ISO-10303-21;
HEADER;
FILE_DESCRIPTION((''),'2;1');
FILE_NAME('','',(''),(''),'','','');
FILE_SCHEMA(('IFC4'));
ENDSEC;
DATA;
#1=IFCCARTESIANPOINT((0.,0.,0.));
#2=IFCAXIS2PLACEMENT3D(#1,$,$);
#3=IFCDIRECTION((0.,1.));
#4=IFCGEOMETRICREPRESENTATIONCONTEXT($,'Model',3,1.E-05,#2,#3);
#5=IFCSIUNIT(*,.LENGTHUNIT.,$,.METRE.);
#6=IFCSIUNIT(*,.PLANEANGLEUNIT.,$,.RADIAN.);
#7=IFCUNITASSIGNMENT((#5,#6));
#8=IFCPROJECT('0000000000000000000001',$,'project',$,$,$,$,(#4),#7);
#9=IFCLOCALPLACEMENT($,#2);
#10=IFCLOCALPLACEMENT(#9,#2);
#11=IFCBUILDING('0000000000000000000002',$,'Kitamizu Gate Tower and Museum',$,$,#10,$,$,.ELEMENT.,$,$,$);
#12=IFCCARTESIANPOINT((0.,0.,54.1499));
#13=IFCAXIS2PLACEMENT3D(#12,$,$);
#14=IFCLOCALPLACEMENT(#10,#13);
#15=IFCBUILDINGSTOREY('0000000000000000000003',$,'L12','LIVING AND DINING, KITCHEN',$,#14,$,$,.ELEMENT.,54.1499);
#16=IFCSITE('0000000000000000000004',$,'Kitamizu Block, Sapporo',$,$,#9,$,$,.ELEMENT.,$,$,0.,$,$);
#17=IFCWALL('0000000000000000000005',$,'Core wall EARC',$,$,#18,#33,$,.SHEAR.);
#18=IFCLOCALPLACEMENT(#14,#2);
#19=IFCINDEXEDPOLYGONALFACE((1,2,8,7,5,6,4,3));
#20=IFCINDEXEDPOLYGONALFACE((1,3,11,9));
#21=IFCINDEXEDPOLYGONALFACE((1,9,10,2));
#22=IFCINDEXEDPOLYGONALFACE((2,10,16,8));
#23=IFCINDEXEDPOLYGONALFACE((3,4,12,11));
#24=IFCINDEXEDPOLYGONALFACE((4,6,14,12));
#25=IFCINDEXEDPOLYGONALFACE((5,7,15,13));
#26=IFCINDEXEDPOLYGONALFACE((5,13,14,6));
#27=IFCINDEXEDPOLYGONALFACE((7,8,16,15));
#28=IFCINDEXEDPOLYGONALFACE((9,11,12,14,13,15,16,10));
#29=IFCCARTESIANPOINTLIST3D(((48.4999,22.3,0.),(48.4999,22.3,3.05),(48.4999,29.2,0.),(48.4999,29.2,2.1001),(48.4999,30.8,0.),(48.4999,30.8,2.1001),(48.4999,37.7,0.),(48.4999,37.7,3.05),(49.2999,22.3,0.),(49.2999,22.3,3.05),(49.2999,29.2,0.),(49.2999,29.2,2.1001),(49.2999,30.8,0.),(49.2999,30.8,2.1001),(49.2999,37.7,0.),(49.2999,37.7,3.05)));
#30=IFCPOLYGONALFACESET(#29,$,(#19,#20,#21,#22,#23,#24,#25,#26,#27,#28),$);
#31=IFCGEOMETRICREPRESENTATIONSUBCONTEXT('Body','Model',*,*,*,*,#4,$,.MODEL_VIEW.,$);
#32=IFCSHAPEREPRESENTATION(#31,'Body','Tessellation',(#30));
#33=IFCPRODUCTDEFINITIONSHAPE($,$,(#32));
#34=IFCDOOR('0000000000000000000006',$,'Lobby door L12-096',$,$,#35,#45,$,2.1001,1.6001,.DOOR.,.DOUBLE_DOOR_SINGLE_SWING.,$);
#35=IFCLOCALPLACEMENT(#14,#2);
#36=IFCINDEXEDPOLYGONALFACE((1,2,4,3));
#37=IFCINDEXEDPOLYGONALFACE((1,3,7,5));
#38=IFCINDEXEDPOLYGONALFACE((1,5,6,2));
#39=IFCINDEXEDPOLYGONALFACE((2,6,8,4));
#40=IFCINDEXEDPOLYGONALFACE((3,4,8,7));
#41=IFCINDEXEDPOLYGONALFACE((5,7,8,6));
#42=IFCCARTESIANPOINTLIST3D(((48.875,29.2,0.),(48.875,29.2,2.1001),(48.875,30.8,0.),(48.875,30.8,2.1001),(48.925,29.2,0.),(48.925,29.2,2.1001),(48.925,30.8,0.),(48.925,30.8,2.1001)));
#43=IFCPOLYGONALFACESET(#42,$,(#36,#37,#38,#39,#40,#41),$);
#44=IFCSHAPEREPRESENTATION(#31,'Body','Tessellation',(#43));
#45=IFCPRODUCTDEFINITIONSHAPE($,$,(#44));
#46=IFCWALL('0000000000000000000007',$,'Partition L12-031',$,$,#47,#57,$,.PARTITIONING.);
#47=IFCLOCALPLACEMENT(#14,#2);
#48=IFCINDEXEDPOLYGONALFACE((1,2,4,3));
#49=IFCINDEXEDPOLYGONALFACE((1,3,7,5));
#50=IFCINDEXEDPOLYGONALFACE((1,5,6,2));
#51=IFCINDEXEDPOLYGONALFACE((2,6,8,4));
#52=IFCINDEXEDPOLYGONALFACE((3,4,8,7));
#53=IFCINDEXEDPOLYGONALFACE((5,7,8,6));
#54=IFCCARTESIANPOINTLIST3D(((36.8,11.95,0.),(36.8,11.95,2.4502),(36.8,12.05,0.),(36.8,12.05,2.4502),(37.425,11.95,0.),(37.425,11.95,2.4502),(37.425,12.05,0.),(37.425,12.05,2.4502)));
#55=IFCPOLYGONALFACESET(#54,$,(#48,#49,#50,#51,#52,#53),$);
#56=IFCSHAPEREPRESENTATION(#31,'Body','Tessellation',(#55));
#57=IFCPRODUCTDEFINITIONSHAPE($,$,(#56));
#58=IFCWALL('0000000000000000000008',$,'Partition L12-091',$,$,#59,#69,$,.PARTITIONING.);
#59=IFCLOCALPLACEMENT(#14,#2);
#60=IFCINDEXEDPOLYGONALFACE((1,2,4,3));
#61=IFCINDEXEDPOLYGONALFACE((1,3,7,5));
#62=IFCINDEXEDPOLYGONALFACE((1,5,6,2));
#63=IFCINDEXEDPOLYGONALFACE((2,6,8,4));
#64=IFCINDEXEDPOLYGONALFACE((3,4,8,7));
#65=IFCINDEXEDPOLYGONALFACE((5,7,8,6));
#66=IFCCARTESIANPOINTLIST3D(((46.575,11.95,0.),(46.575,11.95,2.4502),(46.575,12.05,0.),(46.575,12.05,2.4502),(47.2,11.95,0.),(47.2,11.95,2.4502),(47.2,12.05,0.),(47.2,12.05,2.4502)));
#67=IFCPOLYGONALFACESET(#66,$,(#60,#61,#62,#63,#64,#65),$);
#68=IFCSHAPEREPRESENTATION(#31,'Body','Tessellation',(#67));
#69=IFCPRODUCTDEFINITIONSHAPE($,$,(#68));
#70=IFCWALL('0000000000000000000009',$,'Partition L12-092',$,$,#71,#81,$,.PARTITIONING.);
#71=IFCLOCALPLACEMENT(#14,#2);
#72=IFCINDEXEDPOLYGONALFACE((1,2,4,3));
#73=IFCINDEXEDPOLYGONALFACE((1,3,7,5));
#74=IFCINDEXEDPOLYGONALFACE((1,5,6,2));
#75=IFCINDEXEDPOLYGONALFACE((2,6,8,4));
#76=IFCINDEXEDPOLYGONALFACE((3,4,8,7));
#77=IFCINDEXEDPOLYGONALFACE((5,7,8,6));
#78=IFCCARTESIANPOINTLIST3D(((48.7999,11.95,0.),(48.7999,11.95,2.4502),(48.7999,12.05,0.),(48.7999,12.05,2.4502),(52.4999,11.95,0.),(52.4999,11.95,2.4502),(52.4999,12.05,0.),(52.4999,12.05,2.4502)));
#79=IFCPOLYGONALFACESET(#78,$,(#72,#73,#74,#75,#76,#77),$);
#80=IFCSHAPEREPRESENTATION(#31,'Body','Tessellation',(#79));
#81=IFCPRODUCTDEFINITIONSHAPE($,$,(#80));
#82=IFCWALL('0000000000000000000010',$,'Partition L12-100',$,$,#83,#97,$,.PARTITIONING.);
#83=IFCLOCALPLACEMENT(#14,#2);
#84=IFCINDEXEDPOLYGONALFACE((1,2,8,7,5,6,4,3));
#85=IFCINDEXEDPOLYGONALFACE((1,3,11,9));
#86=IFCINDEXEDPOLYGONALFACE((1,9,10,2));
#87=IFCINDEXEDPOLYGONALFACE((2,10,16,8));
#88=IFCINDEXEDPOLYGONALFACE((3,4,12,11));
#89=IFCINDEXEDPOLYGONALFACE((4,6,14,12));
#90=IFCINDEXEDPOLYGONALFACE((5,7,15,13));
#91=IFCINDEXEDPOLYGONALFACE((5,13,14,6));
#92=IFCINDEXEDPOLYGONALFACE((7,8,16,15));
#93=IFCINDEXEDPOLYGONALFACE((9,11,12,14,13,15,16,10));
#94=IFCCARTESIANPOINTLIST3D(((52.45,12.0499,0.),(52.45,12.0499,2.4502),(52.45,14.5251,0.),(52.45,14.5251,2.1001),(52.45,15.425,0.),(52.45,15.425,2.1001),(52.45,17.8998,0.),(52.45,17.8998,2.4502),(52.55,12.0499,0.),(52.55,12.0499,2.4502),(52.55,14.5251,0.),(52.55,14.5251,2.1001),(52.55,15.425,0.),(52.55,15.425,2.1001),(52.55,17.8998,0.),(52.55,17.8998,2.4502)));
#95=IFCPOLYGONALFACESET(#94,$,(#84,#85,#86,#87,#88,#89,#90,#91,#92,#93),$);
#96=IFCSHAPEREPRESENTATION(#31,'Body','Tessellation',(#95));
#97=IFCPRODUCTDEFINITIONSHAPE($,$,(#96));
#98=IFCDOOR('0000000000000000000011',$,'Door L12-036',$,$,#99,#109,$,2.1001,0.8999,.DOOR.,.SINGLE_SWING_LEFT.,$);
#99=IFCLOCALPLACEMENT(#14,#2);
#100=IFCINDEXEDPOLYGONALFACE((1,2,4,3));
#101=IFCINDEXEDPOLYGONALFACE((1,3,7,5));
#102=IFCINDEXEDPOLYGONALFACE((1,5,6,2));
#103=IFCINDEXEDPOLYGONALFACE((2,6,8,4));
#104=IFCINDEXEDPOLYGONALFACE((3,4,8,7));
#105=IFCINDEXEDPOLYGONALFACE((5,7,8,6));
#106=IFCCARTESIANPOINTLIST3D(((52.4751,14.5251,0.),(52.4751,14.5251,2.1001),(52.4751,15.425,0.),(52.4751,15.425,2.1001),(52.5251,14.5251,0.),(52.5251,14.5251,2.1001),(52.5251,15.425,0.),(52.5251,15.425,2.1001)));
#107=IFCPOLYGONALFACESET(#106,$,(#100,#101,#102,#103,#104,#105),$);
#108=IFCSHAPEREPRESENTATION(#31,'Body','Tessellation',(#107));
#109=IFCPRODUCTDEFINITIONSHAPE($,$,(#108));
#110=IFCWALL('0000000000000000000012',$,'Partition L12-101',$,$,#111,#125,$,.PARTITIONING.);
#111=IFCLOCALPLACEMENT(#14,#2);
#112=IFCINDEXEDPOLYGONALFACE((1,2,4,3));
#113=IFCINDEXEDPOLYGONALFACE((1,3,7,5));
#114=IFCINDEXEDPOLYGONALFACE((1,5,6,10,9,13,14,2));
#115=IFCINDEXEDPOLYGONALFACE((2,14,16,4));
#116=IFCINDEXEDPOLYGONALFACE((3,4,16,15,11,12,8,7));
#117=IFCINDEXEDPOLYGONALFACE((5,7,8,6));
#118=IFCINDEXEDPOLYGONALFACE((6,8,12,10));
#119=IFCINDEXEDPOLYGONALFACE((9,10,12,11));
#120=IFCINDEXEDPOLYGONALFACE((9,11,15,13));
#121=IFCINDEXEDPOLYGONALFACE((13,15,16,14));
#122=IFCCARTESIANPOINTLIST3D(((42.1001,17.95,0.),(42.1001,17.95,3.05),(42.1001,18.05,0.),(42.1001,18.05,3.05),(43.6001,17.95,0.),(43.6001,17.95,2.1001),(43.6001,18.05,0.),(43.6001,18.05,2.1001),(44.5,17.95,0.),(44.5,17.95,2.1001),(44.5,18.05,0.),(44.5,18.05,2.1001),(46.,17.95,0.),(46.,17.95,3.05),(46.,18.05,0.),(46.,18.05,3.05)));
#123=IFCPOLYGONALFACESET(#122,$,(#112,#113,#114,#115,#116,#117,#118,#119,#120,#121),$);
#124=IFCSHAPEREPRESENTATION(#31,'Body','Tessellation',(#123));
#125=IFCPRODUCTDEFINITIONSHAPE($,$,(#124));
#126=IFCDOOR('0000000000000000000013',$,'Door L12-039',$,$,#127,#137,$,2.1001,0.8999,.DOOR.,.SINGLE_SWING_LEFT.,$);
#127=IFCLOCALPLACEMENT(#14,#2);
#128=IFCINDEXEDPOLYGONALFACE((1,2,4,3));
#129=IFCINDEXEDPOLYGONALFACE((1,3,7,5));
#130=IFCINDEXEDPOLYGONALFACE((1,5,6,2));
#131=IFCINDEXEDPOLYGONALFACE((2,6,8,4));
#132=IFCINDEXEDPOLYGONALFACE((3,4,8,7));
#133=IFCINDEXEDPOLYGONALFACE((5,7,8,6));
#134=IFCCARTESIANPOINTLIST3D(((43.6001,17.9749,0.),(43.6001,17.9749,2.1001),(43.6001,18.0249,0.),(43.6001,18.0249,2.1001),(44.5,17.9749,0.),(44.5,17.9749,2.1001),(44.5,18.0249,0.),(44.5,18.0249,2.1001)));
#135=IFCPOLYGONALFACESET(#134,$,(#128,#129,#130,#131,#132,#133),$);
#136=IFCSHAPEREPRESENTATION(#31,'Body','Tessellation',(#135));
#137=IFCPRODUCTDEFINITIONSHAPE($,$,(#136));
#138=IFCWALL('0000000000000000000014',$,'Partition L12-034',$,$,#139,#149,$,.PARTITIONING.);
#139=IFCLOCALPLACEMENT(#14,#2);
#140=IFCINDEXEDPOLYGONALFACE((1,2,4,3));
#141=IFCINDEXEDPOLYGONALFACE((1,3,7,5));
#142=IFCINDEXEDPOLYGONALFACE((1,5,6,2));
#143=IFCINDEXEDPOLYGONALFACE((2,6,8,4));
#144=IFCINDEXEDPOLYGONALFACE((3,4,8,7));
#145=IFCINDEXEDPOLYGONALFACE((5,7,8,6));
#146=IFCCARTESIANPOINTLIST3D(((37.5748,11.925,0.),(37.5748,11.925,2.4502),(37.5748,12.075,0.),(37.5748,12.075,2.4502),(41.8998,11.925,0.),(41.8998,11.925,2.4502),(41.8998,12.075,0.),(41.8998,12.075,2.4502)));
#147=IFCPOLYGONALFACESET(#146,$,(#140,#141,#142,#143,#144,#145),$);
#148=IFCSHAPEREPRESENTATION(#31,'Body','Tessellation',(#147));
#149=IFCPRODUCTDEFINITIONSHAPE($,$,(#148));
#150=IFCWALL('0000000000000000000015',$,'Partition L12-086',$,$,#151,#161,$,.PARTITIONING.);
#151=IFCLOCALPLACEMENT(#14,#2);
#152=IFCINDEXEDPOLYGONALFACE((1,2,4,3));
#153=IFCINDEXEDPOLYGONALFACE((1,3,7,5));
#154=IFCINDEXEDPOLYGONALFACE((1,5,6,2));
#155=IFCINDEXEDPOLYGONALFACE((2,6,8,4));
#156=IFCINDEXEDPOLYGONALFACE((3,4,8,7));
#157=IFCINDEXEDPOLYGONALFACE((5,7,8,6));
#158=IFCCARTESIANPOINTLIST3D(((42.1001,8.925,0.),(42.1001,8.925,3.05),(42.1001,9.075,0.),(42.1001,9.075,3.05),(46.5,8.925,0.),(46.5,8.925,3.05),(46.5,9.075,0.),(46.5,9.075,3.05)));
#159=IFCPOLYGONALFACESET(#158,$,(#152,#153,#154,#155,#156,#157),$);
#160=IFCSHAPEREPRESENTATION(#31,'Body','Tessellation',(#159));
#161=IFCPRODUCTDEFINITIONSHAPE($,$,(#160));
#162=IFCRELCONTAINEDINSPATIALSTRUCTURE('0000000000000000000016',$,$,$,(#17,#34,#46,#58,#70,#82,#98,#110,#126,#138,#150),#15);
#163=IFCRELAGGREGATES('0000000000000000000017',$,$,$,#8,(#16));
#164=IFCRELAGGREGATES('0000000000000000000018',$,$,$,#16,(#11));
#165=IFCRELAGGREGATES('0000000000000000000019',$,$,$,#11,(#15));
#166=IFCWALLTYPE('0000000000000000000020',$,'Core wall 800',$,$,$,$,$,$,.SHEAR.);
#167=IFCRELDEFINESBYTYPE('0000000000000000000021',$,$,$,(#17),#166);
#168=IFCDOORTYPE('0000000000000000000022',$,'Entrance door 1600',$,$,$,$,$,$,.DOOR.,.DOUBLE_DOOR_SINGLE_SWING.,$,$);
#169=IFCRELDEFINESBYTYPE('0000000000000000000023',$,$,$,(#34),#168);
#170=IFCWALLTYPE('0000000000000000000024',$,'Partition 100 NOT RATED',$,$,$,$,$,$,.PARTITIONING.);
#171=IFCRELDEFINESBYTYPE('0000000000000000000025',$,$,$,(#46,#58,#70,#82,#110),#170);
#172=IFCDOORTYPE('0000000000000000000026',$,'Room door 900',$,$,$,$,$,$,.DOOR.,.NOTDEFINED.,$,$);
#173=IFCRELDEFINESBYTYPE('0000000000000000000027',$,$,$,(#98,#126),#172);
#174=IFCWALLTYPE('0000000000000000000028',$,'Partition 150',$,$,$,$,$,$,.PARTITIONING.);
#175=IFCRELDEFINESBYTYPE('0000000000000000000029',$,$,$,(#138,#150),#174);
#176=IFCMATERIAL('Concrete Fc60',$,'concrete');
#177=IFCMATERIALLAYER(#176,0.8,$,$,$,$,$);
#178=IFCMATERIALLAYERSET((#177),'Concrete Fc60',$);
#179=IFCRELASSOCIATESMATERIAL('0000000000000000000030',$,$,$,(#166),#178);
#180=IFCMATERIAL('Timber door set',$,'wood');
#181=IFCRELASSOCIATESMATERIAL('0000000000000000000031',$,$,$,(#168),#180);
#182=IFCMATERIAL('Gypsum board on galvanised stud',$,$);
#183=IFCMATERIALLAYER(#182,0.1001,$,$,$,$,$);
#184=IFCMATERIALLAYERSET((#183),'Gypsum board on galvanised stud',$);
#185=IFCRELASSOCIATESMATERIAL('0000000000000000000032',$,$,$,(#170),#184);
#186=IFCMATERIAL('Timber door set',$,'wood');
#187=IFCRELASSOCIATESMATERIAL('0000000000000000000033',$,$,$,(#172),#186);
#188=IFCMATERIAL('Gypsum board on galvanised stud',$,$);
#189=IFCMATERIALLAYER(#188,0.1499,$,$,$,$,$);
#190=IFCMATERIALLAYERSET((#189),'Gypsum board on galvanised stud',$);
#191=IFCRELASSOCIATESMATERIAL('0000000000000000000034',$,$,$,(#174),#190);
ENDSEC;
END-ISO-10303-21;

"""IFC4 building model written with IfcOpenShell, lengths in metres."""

from ifc_helpers import new_model, si_unit, direction, frame, frame_2d, origin, place, context, subcontext, project, spatial, rectangle, extrude, material, layer, layer_set, type_object, element, fill, save


model = new_model("IFC4")

# Units and contexts
model_context = context("Model", 3, precision=1e-05, world=origin(), true_north=direction((0.0, 1.0)))
body_context = subcontext(model_context, "Body", "Model", "MODEL_VIEW")
ifc_project = project(units=[si_unit("LENGTHUNIT", "METRE"), si_unit("PLANEANGLEUNIT", "RADIAN")], contexts=[model_context])

# Site, building, storey
site_placement = place(None, origin())
site = spatial("IfcSite", under=ifc_project, at=site_placement, Name="Kitamizu Block, Sapporo", CompositionType="ELEMENT", RefElevation=0.0)
building_placement = place(site_placement, origin())
building = spatial("IfcBuilding", under=site, at=building_placement, Name="Kitamizu Gate Tower and Museum", CompositionType="ELEMENT")
storey_placement = place(building_placement, frame((0.0, 0.0, 54.1499)))
storey = spatial("IfcBuildingStorey", under=building, at=storey_placement, Name="L12", Description="LIVING AND DINING, KITCHEN", CompositionType="ELEMENT", Elevation=54.1499)

# Wall, opening, door
ifc_material_1 = material(Name="Concrete Fc60", Category="concrete")
ifc_layer_1 = layer(ifc_material_1, 0.8)
ifc_layer_set_1 = layer_set([ifc_layer_1], Name="Concrete Fc60")
wall_type_1 = type_object("IfcWallType", Name="Core wall 800", PredefinedType="SHEAR", material=ifc_layer_set_1)
wall_1_placement = place(storey_placement, frame((48.8999, 22.3, 0.0), z_axis=(0.0, 0.0, 1.0), x_axis=(0.0, 1.0, 0.0)))
wall_1 = element("IfcWall", 1, at=wall_1_placement, inside=storey, type_object=wall_type_1, Name="Core wall EARC", PredefinedType="SHEAR", context=body_context, shape_type="SweptSolid", body=[
    extrude(rectangle(XDim=15.3999, YDim=0.8, at=frame_2d((7.7, 0.0))), origin(), (0.0, 0.0, 1.0), 3.05),
])
opening_1_placement = place(wall_1_placement, frame((6.8999, 0.0, 0.0)))
opening_1 = element("IfcOpeningElement", 2, at=opening_1_placement, cuts=wall_1, PredefinedType="OPENING", context=body_context, shape_type="SweptSolid", body=[
    extrude(rectangle(XDim=1.6001, YDim=2.1001, at=frame_2d((0.8, 1.05))), frame((0.0, 0.4102, 0.0), z_axis=(0.0, -1.0, 0.0), x_axis=(1.0, 0.0, 0.0)), (0.0, 0.0, 1.0), 0.8201),
])
ifc_material_2 = material(Name="Timber door set", Category="wood")
door_type_1 = type_object("IfcDoorType", Name="Entrance door 1600", OperationType="DOUBLE_DOOR_SINGLE_SWING", PredefinedType="DOOR", material=ifc_material_2)
door_1_placement = place(opening_1_placement, origin())
door_1 = element("IfcDoor", 3, at=door_1_placement, inside=storey, type_object=door_type_1, Name="Lobby door L12-096", OperationType="DOUBLE_DOOR_SINGLE_SWING", OverallHeight=2.1001, OverallWidth=1.6001, PredefinedType="DOOR", context=body_context, shape_type="SweptSolid", body=[
    extrude(rectangle(XDim=1.6001, YDim=2.1001, at=frame_2d((0.8, 1.05))), frame((0.0, 0.0249, 0.0), z_axis=(0.0, -1.0, 0.0), x_axis=(1.0, 0.0, 0.0)), (0.0, 0.0, 1.0), 0.05),
])
fill(opening_1, door_1)

# Walls
ifc_material_3 = material(Name="Gypsum board on galvanised stud")
ifc_layer_2 = layer(ifc_material_3, 0.1001)
ifc_layer_set_2 = layer_set([ifc_layer_2], Name="Gypsum board on galvanised stud")
wall_type_2 = type_object("IfcWallType", Name="Partition 100 NOT RATED", PredefinedType="PARTITIONING", material=ifc_layer_set_2)
for number, where, z_axis, x_axis, name in (
    (4, (37.425, 12.0, 0.0), (0.0, 0.0, 1.0), (-1.0, 0.0, 0.0), "Partition L12-031"),
    (5, (47.2, 12.0, 0.0), (0.0, 0.0, 1.0), (-1.0, 0.0, 0.0), "Partition L12-091"),
):
    element("IfcWall", number, at=place(storey_placement, frame(where, z_axis=z_axis, x_axis=x_axis)), inside=storey, type_object=wall_type_2, Name=name, PredefinedType="PARTITIONING", context=body_context, shape_type="SweptSolid", body=[
        extrude(rectangle(XDim=0.625, YDim=0.1001, at=frame_2d((0.3125, 0.0))), origin(), (0.0, 0.0, 1.0), 2.4502),
    ])
wall_2_placement = place(storey_placement, frame((52.5, 12.0, 0.0), z_axis=(0.0, 0.0, 1.0), x_axis=(-1.0, 0.0, 0.0)))
element("IfcWall", 6, at=wall_2_placement, inside=storey, type_object=wall_type_2, Name="Partition L12-092", PredefinedType="PARTITIONING", context=body_context, shape_type="SweptSolid", body=[
    extrude(rectangle(XDim=3.7, YDim=0.1001, at=frame_2d((1.8501, 0.0))), origin(), (0.0, 0.0, 1.0), 2.4502),
])

# Walls, openings, doors
wall_3_placement = place(storey_placement, frame((52.5, 12.05, 0.0), z_axis=(0.0, 0.0, 1.0), x_axis=(0.0, 1.0, 0.0)))
wall_3 = element("IfcWall", 7, at=wall_3_placement, inside=storey, type_object=wall_type_2, Name="Partition L12-100", PredefinedType="PARTITIONING", context=body_context, shape_type="SweptSolid", body=[
    extrude(rectangle(XDim=5.8499, YDim=0.1001, at=frame_2d((2.9248, 0.0))), origin(), (0.0, 0.0, 1.0), 2.4502),
])
opening_2_placement = place(wall_3_placement, frame((2.4751, 0.0, 0.0)))
opening_2 = element("IfcOpeningElement", 8, at=opening_2_placement, cuts=wall_3, PredefinedType="OPENING", context=body_context, shape_type="SweptSolid", body=[
    extrude(rectangle(XDim=0.8999, YDim=2.1001, at=frame_2d((0.45, 1.05))), frame((0.0, 0.0601, 0.0), z_axis=(0.0, -1.0, 0.0), x_axis=(1.0, 0.0, 0.0)), (0.0, 0.0, 1.0), 0.1201),
])
ifc_material_4 = material(Name="Timber door set", Category="wood")
door_type_2 = type_object("IfcDoorType", Name="Room door 900", OperationType="NOTDEFINED", PredefinedType="DOOR", material=ifc_material_4)
door_2_placement = place(opening_2_placement, origin())
door_2 = element("IfcDoor", 9, at=door_2_placement, inside=storey, type_object=door_type_2, Name="Door L12-036", OperationType="SINGLE_SWING_LEFT", OverallHeight=2.1001, OverallWidth=0.8999, PredefinedType="DOOR", context=body_context, shape_type="SweptSolid", body=[
    extrude(rectangle(XDim=0.8999, YDim=2.1001, at=frame_2d((0.45, 1.05))), frame((0.0, 0.0249, 0.0), z_axis=(0.0, -1.0, 0.0), x_axis=(1.0, 0.0, 0.0)), (0.0, 0.0, 1.0), 0.05),
])
fill(opening_2, door_2)
wall_4_placement = place(storey_placement, frame((46.0, 18.0, 0.0), z_axis=(0.0, 0.0, 1.0), x_axis=(-1.0, 0.0, 0.0)))
wall_4 = element("IfcWall", 10, at=wall_4_placement, inside=storey, type_object=wall_type_2, Name="Partition L12-101", PredefinedType="PARTITIONING", context=body_context, shape_type="SweptSolid", body=[
    extrude(rectangle(XDim=3.8999, YDim=0.1001, at=frame_2d((1.95, 0.0))), origin(), (0.0, 0.0, 1.0), 3.05),
])
opening_3_placement = place(wall_4_placement, frame((1.5, 0.0, 0.0)))
opening_3 = element("IfcOpeningElement", 11, at=opening_3_placement, cuts=wall_4, PredefinedType="OPENING", context=body_context, shape_type="SweptSolid", body=[
    extrude(rectangle(XDim=0.8999, YDim=2.1001, at=frame_2d((0.45, 1.05))), frame((0.0, 0.0601, 0.0), z_axis=(0.0, -1.0, 0.0), x_axis=(1.0, 0.0, 0.0)), (0.0, 0.0, 1.0), 0.1201),
])
door_3_placement = place(opening_3_placement, frame((0.8999, 0.0, 0.0), x_axis=(-1.0, 0.0, 0.0)))
door_3 = element("IfcDoor", 12, at=door_3_placement, inside=storey, type_object=door_type_2, Name="Door L12-039", OperationType="SINGLE_SWING_LEFT", OverallHeight=2.1001, OverallWidth=0.8999, PredefinedType="DOOR", context=body_context, shape_type="SweptSolid", body=[
    extrude(rectangle(XDim=0.8999, YDim=2.1001, at=frame_2d((0.45, 1.05))), frame((0.0, 0.0249, 0.0), z_axis=(0.0, -1.0, 0.0), x_axis=(1.0, 0.0, 0.0)), (0.0, 0.0, 1.0), 0.05),
])
fill(opening_3, door_3)

# Walls
ifc_material_5 = material(Name="Gypsum board on galvanised stud")
ifc_layer_3 = layer(ifc_material_5, 0.1499)
ifc_layer_set_3 = layer_set([ifc_layer_3], Name="Gypsum board on galvanised stud")
wall_type_3 = type_object("IfcWallType", Name="Partition 150", PredefinedType="PARTITIONING", material=ifc_layer_set_3)
wall_5_placement = place(storey_placement, frame((41.8999, 12.0, 0.0), z_axis=(0.0, 0.0, 1.0), x_axis=(-1.0, 0.0, 0.0)))
element("IfcWall", 13, at=wall_5_placement, inside=storey, type_object=wall_type_3, Name="Partition L12-034", PredefinedType="PARTITIONING", context=body_context, shape_type="SweptSolid", body=[
    extrude(rectangle(XDim=4.325, YDim=0.1499, at=frame_2d((2.1626, 0.0))), origin(), (0.0, 0.0, 1.0), 2.4502),
])
wall_6_placement = place(storey_placement, frame((46.5, 9.0, 0.0), z_axis=(0.0, 0.0, 1.0), x_axis=(-1.0, 0.0, 0.0)))
element("IfcWall", 14, at=wall_6_placement, inside=storey, type_object=wall_type_3, Name="Partition L12-086", PredefinedType="PARTITIONING", context=body_context, shape_type="SweptSolid", body=[
    extrude(rectangle(XDim=4.3999, YDim=0.1499, at=frame_2d((2.2, 0.0))), origin(), (0.0, 0.0, 1.0), 3.05),
])

save(model, "model.ifc")
